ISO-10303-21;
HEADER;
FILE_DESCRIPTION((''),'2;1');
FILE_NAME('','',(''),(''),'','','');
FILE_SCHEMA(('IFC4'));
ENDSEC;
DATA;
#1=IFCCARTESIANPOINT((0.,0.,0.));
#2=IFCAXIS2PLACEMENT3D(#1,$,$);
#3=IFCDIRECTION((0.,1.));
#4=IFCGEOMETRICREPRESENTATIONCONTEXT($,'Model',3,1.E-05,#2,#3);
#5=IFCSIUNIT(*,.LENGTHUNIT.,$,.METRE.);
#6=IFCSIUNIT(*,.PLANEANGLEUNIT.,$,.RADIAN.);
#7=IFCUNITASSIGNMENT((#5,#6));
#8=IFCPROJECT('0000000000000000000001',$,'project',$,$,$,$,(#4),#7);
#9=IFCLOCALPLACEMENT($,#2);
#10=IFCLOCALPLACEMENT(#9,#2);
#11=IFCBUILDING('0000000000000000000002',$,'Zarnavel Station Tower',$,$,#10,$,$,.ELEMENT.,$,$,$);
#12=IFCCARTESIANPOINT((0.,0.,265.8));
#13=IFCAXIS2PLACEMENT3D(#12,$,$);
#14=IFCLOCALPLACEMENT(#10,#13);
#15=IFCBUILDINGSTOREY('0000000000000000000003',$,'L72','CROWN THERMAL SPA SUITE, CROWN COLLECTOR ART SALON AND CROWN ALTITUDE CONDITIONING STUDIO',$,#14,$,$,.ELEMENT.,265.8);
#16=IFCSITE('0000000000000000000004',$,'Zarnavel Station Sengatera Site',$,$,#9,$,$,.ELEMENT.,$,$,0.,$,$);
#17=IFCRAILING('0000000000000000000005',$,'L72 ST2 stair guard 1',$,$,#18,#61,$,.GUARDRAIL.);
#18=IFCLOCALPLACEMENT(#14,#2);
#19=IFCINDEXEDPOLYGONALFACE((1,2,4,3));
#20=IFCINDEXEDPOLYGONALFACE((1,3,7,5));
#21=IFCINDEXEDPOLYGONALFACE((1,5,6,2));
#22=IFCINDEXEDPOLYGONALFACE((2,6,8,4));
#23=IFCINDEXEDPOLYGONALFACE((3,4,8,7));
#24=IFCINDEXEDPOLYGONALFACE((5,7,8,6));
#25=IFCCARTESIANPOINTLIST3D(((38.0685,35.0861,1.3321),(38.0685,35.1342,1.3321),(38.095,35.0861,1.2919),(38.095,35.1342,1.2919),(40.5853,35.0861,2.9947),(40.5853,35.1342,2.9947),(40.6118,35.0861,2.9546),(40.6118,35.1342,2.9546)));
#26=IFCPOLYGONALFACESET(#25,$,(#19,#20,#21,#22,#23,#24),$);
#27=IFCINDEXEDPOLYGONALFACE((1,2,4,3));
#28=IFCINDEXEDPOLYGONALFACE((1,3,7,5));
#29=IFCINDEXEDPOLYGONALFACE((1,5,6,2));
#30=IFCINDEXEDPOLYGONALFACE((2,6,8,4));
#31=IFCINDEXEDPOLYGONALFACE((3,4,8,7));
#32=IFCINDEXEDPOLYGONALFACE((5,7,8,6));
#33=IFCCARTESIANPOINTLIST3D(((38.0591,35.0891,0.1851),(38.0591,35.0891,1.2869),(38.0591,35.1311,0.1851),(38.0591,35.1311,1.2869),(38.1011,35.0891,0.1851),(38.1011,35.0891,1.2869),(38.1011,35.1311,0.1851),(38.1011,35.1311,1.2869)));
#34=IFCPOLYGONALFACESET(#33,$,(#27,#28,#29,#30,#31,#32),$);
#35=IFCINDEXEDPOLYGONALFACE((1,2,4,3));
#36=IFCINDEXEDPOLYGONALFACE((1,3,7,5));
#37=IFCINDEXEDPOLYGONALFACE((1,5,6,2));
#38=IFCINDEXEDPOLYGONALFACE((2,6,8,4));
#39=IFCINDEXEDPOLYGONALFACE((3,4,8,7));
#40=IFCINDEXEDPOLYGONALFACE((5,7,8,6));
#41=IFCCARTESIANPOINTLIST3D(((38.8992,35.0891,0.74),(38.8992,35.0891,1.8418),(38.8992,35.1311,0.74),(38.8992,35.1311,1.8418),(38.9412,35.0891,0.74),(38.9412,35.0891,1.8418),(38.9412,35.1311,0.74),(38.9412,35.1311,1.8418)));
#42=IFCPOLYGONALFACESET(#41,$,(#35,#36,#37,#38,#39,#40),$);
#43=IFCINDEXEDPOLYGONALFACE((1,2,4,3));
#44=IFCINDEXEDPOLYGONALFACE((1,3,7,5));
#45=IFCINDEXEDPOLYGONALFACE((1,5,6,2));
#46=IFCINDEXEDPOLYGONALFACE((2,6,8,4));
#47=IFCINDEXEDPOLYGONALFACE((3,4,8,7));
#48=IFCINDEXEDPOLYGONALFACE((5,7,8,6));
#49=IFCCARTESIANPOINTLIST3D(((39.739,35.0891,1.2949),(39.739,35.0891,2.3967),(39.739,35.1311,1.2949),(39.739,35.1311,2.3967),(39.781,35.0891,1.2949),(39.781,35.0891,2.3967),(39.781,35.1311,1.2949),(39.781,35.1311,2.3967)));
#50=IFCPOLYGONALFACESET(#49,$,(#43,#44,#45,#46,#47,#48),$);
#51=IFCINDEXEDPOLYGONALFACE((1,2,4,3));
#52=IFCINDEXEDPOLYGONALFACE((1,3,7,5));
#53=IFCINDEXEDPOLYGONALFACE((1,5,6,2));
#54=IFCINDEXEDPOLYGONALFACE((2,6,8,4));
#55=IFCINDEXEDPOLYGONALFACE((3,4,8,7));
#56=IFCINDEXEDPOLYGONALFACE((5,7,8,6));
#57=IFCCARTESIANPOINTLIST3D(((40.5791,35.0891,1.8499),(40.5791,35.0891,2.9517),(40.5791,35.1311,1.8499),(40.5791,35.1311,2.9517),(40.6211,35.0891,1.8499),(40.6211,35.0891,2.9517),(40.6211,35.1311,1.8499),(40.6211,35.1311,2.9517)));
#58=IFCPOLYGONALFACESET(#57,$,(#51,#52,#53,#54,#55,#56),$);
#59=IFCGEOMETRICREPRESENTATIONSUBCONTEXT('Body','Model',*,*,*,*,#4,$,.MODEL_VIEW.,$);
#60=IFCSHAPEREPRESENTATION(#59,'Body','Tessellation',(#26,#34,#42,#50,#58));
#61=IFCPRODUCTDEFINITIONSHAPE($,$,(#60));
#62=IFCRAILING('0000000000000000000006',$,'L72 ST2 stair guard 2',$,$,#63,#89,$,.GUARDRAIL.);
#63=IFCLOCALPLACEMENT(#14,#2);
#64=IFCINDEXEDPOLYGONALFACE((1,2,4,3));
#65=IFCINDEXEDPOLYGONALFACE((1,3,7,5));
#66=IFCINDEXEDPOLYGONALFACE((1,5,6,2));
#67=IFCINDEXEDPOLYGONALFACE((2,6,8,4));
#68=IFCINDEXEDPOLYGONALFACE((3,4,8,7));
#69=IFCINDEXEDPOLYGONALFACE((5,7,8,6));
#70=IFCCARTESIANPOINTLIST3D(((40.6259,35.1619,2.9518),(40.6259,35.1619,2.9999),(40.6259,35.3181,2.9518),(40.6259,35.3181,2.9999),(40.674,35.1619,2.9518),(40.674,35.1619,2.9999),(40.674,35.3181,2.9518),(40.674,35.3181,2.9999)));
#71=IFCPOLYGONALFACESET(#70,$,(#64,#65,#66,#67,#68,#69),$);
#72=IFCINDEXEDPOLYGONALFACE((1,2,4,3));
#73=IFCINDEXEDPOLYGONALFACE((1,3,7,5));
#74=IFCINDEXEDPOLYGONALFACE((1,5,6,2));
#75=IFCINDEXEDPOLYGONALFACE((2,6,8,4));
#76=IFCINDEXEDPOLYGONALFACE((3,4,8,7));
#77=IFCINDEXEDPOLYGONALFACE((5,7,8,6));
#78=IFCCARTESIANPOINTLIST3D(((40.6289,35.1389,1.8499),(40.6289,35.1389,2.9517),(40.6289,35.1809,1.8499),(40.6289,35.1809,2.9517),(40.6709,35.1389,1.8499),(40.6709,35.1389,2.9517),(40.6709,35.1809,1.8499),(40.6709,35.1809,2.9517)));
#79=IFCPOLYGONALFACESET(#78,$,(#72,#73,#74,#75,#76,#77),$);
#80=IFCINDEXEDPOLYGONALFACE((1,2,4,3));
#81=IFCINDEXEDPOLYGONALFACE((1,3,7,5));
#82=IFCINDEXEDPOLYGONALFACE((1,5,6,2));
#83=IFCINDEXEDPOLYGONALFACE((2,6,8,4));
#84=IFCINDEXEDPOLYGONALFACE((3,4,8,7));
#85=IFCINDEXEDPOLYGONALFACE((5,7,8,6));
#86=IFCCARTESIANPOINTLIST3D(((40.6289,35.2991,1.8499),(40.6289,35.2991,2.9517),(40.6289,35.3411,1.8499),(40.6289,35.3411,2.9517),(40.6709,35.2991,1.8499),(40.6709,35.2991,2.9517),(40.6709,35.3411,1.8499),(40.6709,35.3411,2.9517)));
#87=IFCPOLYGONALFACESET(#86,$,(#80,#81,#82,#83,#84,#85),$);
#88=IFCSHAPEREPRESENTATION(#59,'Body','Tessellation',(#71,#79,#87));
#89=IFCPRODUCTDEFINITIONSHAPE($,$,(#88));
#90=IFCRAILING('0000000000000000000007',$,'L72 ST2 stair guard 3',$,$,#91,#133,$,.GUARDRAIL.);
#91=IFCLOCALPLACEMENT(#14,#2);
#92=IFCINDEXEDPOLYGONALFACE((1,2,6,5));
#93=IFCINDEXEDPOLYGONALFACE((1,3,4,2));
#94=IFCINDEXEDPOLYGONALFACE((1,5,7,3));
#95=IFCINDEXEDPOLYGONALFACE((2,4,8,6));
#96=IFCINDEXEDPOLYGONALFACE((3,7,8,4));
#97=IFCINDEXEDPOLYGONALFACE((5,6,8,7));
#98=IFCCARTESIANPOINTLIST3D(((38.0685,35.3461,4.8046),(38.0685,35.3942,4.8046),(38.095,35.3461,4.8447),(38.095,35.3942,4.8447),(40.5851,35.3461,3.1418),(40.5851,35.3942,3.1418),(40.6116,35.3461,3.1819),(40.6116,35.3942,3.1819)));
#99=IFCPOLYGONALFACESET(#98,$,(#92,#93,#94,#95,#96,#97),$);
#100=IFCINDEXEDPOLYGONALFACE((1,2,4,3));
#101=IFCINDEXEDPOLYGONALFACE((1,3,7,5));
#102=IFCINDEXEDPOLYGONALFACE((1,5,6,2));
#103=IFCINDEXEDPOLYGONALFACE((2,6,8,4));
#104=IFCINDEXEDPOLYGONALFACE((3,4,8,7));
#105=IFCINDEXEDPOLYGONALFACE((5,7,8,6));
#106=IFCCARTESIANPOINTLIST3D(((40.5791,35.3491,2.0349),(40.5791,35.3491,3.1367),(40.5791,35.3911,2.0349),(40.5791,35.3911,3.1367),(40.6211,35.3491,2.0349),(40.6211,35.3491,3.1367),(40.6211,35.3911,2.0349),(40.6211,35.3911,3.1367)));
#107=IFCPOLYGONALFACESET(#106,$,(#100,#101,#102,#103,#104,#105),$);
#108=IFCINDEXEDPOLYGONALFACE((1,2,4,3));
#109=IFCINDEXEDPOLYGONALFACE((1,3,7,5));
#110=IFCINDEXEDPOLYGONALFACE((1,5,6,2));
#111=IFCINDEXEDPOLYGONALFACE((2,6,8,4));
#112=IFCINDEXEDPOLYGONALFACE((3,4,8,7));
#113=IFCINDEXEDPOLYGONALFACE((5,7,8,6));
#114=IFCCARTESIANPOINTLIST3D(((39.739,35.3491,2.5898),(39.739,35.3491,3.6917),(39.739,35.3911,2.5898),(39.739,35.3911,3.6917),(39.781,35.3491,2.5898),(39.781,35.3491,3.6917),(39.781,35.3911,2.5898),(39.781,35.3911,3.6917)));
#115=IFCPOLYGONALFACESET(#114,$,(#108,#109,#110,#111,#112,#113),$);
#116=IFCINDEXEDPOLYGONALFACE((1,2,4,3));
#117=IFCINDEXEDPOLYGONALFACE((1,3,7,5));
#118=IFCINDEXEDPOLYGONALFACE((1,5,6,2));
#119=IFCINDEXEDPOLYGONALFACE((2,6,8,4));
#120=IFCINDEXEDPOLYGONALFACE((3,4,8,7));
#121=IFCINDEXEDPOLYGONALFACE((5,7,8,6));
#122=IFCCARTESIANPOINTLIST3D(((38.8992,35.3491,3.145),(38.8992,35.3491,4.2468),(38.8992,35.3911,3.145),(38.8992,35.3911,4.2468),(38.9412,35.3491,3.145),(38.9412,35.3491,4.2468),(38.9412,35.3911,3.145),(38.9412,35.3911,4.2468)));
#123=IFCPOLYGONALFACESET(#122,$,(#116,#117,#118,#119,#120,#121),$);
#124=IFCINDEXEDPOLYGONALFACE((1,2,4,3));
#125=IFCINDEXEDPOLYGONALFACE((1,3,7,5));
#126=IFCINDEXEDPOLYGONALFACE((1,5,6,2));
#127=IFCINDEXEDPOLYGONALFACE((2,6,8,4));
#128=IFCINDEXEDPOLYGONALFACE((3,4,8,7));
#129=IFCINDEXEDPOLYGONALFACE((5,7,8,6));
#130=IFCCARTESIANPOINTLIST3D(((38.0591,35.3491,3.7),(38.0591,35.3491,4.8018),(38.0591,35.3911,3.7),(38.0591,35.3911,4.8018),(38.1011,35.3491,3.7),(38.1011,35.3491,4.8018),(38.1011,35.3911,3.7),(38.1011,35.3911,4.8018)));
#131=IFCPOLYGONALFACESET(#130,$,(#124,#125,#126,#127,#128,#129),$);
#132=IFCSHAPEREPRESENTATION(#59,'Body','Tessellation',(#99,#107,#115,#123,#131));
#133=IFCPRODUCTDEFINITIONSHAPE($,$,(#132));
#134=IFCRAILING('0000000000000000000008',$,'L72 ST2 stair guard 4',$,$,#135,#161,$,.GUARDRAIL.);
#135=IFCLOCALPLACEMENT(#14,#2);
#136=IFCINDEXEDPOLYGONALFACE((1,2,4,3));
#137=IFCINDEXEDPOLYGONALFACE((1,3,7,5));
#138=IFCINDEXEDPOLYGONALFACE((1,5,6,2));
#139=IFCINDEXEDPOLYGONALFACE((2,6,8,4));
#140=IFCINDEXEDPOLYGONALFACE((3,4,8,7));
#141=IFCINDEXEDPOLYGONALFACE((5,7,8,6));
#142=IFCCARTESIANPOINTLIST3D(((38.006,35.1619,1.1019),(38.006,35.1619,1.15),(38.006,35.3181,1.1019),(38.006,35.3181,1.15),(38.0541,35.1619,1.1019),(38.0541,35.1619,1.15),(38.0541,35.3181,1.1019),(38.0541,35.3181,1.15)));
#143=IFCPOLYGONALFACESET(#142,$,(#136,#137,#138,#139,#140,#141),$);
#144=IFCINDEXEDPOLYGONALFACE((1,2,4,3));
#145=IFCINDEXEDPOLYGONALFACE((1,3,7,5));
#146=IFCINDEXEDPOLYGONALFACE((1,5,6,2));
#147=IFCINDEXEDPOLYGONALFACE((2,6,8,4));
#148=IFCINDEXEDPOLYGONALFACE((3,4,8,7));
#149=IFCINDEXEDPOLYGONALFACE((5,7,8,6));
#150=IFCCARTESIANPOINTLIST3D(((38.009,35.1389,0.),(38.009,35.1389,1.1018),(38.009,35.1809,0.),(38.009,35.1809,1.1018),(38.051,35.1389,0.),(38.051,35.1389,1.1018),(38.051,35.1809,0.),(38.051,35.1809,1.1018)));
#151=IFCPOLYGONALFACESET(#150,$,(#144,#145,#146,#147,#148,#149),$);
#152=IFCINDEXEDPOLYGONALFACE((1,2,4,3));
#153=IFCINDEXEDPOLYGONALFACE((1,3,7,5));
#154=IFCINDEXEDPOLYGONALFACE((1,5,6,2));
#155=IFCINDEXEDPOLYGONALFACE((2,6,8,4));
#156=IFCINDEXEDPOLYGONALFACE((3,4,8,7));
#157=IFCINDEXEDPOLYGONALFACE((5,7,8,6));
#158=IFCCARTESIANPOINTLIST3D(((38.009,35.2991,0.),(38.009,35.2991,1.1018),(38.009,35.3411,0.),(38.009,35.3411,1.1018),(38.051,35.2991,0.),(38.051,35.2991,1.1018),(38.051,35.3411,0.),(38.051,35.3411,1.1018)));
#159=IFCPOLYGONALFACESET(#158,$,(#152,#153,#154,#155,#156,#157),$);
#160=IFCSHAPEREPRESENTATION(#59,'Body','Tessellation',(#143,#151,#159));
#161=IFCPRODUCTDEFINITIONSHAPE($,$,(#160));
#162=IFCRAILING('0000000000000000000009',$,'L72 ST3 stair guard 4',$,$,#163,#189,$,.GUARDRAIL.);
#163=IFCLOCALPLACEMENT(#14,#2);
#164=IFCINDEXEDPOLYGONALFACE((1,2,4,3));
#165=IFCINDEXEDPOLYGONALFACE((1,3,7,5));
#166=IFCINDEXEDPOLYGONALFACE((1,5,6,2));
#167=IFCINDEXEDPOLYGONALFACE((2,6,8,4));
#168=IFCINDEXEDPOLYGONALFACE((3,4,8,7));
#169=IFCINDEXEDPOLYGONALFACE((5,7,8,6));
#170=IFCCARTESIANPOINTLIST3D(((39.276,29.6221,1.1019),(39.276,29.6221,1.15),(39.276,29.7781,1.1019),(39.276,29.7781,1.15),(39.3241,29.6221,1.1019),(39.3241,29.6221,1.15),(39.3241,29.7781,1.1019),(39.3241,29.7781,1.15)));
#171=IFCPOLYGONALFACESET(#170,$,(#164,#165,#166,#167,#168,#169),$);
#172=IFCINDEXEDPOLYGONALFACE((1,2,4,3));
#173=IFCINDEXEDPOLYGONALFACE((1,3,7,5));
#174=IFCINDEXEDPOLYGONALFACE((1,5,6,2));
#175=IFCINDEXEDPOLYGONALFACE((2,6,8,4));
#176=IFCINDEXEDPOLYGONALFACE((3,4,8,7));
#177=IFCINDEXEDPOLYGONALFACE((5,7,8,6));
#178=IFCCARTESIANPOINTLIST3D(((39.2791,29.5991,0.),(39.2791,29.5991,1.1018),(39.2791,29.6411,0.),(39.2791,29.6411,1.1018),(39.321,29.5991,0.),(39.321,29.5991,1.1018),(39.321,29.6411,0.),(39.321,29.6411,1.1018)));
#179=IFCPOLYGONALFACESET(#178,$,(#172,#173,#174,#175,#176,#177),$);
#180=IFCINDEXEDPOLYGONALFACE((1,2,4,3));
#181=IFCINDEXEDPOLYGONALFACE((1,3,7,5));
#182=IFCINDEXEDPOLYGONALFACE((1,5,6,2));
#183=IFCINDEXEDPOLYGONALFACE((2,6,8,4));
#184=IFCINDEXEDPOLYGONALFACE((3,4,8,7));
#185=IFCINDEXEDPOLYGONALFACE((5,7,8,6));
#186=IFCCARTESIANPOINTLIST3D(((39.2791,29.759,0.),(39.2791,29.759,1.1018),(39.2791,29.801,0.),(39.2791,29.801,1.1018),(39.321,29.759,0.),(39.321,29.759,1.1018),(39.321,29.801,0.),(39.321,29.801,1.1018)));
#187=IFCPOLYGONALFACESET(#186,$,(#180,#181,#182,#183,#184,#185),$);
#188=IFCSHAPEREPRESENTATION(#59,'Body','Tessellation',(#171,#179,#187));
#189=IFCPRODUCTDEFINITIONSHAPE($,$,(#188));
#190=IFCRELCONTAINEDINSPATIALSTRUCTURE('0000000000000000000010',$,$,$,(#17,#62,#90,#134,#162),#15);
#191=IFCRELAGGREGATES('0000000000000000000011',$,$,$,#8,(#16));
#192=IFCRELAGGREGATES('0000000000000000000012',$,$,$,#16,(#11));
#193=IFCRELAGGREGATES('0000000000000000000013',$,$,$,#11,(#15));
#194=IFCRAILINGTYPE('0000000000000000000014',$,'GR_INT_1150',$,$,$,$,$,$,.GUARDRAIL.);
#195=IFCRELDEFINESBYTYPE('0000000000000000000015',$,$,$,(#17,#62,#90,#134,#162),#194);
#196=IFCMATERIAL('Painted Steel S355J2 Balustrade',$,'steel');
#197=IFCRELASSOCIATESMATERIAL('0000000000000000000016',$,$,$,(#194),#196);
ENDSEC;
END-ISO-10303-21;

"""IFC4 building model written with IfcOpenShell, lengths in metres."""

from ifc_helpers import new_model, si_unit, direction, frame, origin, origin_2d, place, context, subcontext, project, spatial, rectangle, extrude, material, type_object, element, save


model = new_model("IFC4")

# Units and contexts
model_context = context("Model", 3, precision=1e-05, world=origin(), true_north=direction((0.0, 1.0)))
body_context = subcontext(model_context, "Body", "Model", "MODEL_VIEW")
ifc_project = project(units=[si_unit("LENGTHUNIT", "METRE"), si_unit("PLANEANGLEUNIT", "RADIAN")], contexts=[model_context])

# Site, building, storey
site_placement = place(None, origin())
site = spatial("IfcSite", under=ifc_project, at=site_placement, Name="Zarnavel Station Sengatera Site", CompositionType="ELEMENT", RefElevation=0.0)
building_placement = place(site_placement, origin())
building = spatial("IfcBuilding", under=site, at=building_placement, Name="Zarnavel Station Tower", CompositionType="ELEMENT")
storey_placement = place(building_placement, frame((0.0, 0.0, 265.8)))
storey = spatial("IfcBuildingStorey", under=building, at=storey_placement, Name="L72", Description="CROWN THERMAL SPA SUITE, CROWN COLLECTOR ART SALON AND CROWN ALTITUDE CONDITIONING STUDIO", CompositionType="ELEMENT", Elevation=265.8)

# Railings
ifc_material_1 = material(Name="Painted Steel S355J2 Balustrade", Category="steel")
railing_type_1 = type_object("IfcRailingType", Name="GR_INT_1150", PredefinedType="GUARDRAIL", material=ifc_material_1)
railing_1_placement = place(storey_placement, frame((38.0801, 35.1101, 0.1851)))
element("IfcRailing", 1, at=railing_1_placement, inside=storey, type_object=railing_type_1, Name="L72 ST2 stair guard 1", PredefinedType="GUARDRAIL", context=body_context, shape_type="SweptSolid", body=[
    extrude(rectangle(XDim=0.0481, YDim=0.0481, at=origin_2d()), frame((0.0017, 0.0, 1.127), z_axis=(0.834369, 0.0, 0.551207), x_axis=(0.0, 1.0, 0.0)), (0.0, 0.0, 1.0), 3.0164),
    extrude(rectangle(XDim=0.042, YDim=0.042, at=origin_2d()), origin(), (0.0, 0.0, 1.0), 1.1018),
    extrude(rectangle(XDim=0.042, YDim=0.042, at=origin_2d()), frame((0.8401, 0.0, 0.5549)), (0.0, 0.0, 1.0), 1.1018),
    extrude(rectangle(XDim=0.042, YDim=0.042, at=origin_2d()), frame((1.6799, 0.0, 1.1099)), (0.0, 0.0, 1.0), 1.1018),
    extrude(rectangle(XDim=0.042, YDim=0.042, at=origin_2d()), frame((2.52, 0.0, 1.6648)), (0.0, 0.0, 1.0), 1.1018),
])
railing_2_placement = place(storey_placement, frame((40.6499, 35.1599, 1.8499)))
element("IfcRailing", 2, at=railing_2_placement, inside=storey, type_object=railing_type_1, Name="L72 ST2 stair guard 2", PredefinedType="GUARDRAIL", context=body_context, shape_type="SweptSolid", body=[
    extrude(rectangle(XDim=0.0481, YDim=0.0481, at=origin_2d()), frame((0.0, 0.002, 1.126), z_axis=(0.0, 1.0, 0.0), x_axis=(-1.0, 0.0, 0.0)), (0.0, 0.0, 1.0), 0.1562),
    extrude(rectangle(XDim=0.042, YDim=0.042, at=origin_2d()), origin(), (0.0, 0.0, 1.0), 1.1018),
    extrude(rectangle(XDim=0.042, YDim=0.042, at=origin_2d()), frame((0.0, 0.1602, 0.0)), (0.0, 0.0, 1.0), 1.1018),
])
railing_3_placement = place(storey_placement, frame((40.6001, 35.3701, 2.0349)))
element("IfcRailing", 3, at=railing_3_placement, inside=storey, type_object=railing_type_1, Name="L72 ST2 stair guard 3", PredefinedType="GUARDRAIL", context=body_context, shape_type="SweptSolid", body=[
    extrude(rectangle(XDim=0.0481, YDim=0.0481, at=origin_2d()), frame((-0.0017, 0.0, 1.127), z_axis=(-0.834331, 0.0, 0.551263), x_axis=(0.0, -1.0, 0.0)), (0.0, 0.0, 1.0), 3.0164),
    extrude(rectangle(XDim=0.042, YDim=0.042, at=origin_2d()), origin(), (0.0, 0.0, 1.0), 1.1018),
    extrude(rectangle(XDim=0.042, YDim=0.042, at=origin_2d()), frame((-0.8401, 0.0, 0.5549)), (0.0, 0.0, 1.0), 1.1018),
    extrude(rectangle(XDim=0.042, YDim=0.042, at=origin_2d()), frame((-1.6799, 0.0, 1.1101)), (0.0, 0.0, 1.0), 1.1018),
    extrude(rectangle(XDim=0.042, YDim=0.042, at=origin_2d()), frame((-2.52, 0.0, 1.665)), (0.0, 0.0, 1.0), 1.1018),
])
railing_4_placement = place(storey_placement, frame((38.03, 35.1599, 0.0)))
element("IfcRailing", 4, at=railing_4_placement, inside=storey, type_object=railing_type_1, Name="L72 ST2 stair guard 4", PredefinedType="GUARDRAIL", context=body_context, shape_type="SweptSolid", body=[
    extrude(rectangle(XDim=0.0481, YDim=0.0481, at=origin_2d()), frame((0.0, 0.002, 1.126), z_axis=(0.0, 1.0, 0.0), x_axis=(-1.0, 0.0, 0.0)), (0.0, 0.0, 1.0), 0.1562),
    extrude(rectangle(XDim=0.042, YDim=0.042, at=origin_2d()), origin(), (0.0, 0.0, 1.0), 1.1018),
    extrude(rectangle(XDim=0.042, YDim=0.042, at=origin_2d()), frame((0.0, 0.1602, 0.0)), (0.0, 0.0, 1.0), 1.1018),
])
railing_5_placement = place(storey_placement, frame((39.3, 29.6201, 0.0)))
element("IfcRailing", 5, at=railing_5_placement, inside=storey, type_object=railing_type_1, Name="L72 ST3 stair guard 4", PredefinedType="GUARDRAIL", context=body_context, shape_type="SweptSolid", body=[
    extrude(rectangle(XDim=0.0481, YDim=0.0481, at=origin_2d()), frame((0.0, 0.002, 1.126), z_axis=(0.0, 1.0, 0.0), x_axis=(-1.0, 0.0, 0.0)), (0.0, 0.0, 1.0), 0.156),
    extrude(rectangle(XDim=0.042, YDim=0.042, at=origin_2d()), origin(), (0.0, 0.0, 1.0), 1.1018),
    extrude(rectangle(XDim=0.042, YDim=0.042, at=origin_2d()), frame((0.0, 0.1599, 0.0)), (0.0, 0.0, 1.0), 1.1018),
])

save(model, "model.ifc")
